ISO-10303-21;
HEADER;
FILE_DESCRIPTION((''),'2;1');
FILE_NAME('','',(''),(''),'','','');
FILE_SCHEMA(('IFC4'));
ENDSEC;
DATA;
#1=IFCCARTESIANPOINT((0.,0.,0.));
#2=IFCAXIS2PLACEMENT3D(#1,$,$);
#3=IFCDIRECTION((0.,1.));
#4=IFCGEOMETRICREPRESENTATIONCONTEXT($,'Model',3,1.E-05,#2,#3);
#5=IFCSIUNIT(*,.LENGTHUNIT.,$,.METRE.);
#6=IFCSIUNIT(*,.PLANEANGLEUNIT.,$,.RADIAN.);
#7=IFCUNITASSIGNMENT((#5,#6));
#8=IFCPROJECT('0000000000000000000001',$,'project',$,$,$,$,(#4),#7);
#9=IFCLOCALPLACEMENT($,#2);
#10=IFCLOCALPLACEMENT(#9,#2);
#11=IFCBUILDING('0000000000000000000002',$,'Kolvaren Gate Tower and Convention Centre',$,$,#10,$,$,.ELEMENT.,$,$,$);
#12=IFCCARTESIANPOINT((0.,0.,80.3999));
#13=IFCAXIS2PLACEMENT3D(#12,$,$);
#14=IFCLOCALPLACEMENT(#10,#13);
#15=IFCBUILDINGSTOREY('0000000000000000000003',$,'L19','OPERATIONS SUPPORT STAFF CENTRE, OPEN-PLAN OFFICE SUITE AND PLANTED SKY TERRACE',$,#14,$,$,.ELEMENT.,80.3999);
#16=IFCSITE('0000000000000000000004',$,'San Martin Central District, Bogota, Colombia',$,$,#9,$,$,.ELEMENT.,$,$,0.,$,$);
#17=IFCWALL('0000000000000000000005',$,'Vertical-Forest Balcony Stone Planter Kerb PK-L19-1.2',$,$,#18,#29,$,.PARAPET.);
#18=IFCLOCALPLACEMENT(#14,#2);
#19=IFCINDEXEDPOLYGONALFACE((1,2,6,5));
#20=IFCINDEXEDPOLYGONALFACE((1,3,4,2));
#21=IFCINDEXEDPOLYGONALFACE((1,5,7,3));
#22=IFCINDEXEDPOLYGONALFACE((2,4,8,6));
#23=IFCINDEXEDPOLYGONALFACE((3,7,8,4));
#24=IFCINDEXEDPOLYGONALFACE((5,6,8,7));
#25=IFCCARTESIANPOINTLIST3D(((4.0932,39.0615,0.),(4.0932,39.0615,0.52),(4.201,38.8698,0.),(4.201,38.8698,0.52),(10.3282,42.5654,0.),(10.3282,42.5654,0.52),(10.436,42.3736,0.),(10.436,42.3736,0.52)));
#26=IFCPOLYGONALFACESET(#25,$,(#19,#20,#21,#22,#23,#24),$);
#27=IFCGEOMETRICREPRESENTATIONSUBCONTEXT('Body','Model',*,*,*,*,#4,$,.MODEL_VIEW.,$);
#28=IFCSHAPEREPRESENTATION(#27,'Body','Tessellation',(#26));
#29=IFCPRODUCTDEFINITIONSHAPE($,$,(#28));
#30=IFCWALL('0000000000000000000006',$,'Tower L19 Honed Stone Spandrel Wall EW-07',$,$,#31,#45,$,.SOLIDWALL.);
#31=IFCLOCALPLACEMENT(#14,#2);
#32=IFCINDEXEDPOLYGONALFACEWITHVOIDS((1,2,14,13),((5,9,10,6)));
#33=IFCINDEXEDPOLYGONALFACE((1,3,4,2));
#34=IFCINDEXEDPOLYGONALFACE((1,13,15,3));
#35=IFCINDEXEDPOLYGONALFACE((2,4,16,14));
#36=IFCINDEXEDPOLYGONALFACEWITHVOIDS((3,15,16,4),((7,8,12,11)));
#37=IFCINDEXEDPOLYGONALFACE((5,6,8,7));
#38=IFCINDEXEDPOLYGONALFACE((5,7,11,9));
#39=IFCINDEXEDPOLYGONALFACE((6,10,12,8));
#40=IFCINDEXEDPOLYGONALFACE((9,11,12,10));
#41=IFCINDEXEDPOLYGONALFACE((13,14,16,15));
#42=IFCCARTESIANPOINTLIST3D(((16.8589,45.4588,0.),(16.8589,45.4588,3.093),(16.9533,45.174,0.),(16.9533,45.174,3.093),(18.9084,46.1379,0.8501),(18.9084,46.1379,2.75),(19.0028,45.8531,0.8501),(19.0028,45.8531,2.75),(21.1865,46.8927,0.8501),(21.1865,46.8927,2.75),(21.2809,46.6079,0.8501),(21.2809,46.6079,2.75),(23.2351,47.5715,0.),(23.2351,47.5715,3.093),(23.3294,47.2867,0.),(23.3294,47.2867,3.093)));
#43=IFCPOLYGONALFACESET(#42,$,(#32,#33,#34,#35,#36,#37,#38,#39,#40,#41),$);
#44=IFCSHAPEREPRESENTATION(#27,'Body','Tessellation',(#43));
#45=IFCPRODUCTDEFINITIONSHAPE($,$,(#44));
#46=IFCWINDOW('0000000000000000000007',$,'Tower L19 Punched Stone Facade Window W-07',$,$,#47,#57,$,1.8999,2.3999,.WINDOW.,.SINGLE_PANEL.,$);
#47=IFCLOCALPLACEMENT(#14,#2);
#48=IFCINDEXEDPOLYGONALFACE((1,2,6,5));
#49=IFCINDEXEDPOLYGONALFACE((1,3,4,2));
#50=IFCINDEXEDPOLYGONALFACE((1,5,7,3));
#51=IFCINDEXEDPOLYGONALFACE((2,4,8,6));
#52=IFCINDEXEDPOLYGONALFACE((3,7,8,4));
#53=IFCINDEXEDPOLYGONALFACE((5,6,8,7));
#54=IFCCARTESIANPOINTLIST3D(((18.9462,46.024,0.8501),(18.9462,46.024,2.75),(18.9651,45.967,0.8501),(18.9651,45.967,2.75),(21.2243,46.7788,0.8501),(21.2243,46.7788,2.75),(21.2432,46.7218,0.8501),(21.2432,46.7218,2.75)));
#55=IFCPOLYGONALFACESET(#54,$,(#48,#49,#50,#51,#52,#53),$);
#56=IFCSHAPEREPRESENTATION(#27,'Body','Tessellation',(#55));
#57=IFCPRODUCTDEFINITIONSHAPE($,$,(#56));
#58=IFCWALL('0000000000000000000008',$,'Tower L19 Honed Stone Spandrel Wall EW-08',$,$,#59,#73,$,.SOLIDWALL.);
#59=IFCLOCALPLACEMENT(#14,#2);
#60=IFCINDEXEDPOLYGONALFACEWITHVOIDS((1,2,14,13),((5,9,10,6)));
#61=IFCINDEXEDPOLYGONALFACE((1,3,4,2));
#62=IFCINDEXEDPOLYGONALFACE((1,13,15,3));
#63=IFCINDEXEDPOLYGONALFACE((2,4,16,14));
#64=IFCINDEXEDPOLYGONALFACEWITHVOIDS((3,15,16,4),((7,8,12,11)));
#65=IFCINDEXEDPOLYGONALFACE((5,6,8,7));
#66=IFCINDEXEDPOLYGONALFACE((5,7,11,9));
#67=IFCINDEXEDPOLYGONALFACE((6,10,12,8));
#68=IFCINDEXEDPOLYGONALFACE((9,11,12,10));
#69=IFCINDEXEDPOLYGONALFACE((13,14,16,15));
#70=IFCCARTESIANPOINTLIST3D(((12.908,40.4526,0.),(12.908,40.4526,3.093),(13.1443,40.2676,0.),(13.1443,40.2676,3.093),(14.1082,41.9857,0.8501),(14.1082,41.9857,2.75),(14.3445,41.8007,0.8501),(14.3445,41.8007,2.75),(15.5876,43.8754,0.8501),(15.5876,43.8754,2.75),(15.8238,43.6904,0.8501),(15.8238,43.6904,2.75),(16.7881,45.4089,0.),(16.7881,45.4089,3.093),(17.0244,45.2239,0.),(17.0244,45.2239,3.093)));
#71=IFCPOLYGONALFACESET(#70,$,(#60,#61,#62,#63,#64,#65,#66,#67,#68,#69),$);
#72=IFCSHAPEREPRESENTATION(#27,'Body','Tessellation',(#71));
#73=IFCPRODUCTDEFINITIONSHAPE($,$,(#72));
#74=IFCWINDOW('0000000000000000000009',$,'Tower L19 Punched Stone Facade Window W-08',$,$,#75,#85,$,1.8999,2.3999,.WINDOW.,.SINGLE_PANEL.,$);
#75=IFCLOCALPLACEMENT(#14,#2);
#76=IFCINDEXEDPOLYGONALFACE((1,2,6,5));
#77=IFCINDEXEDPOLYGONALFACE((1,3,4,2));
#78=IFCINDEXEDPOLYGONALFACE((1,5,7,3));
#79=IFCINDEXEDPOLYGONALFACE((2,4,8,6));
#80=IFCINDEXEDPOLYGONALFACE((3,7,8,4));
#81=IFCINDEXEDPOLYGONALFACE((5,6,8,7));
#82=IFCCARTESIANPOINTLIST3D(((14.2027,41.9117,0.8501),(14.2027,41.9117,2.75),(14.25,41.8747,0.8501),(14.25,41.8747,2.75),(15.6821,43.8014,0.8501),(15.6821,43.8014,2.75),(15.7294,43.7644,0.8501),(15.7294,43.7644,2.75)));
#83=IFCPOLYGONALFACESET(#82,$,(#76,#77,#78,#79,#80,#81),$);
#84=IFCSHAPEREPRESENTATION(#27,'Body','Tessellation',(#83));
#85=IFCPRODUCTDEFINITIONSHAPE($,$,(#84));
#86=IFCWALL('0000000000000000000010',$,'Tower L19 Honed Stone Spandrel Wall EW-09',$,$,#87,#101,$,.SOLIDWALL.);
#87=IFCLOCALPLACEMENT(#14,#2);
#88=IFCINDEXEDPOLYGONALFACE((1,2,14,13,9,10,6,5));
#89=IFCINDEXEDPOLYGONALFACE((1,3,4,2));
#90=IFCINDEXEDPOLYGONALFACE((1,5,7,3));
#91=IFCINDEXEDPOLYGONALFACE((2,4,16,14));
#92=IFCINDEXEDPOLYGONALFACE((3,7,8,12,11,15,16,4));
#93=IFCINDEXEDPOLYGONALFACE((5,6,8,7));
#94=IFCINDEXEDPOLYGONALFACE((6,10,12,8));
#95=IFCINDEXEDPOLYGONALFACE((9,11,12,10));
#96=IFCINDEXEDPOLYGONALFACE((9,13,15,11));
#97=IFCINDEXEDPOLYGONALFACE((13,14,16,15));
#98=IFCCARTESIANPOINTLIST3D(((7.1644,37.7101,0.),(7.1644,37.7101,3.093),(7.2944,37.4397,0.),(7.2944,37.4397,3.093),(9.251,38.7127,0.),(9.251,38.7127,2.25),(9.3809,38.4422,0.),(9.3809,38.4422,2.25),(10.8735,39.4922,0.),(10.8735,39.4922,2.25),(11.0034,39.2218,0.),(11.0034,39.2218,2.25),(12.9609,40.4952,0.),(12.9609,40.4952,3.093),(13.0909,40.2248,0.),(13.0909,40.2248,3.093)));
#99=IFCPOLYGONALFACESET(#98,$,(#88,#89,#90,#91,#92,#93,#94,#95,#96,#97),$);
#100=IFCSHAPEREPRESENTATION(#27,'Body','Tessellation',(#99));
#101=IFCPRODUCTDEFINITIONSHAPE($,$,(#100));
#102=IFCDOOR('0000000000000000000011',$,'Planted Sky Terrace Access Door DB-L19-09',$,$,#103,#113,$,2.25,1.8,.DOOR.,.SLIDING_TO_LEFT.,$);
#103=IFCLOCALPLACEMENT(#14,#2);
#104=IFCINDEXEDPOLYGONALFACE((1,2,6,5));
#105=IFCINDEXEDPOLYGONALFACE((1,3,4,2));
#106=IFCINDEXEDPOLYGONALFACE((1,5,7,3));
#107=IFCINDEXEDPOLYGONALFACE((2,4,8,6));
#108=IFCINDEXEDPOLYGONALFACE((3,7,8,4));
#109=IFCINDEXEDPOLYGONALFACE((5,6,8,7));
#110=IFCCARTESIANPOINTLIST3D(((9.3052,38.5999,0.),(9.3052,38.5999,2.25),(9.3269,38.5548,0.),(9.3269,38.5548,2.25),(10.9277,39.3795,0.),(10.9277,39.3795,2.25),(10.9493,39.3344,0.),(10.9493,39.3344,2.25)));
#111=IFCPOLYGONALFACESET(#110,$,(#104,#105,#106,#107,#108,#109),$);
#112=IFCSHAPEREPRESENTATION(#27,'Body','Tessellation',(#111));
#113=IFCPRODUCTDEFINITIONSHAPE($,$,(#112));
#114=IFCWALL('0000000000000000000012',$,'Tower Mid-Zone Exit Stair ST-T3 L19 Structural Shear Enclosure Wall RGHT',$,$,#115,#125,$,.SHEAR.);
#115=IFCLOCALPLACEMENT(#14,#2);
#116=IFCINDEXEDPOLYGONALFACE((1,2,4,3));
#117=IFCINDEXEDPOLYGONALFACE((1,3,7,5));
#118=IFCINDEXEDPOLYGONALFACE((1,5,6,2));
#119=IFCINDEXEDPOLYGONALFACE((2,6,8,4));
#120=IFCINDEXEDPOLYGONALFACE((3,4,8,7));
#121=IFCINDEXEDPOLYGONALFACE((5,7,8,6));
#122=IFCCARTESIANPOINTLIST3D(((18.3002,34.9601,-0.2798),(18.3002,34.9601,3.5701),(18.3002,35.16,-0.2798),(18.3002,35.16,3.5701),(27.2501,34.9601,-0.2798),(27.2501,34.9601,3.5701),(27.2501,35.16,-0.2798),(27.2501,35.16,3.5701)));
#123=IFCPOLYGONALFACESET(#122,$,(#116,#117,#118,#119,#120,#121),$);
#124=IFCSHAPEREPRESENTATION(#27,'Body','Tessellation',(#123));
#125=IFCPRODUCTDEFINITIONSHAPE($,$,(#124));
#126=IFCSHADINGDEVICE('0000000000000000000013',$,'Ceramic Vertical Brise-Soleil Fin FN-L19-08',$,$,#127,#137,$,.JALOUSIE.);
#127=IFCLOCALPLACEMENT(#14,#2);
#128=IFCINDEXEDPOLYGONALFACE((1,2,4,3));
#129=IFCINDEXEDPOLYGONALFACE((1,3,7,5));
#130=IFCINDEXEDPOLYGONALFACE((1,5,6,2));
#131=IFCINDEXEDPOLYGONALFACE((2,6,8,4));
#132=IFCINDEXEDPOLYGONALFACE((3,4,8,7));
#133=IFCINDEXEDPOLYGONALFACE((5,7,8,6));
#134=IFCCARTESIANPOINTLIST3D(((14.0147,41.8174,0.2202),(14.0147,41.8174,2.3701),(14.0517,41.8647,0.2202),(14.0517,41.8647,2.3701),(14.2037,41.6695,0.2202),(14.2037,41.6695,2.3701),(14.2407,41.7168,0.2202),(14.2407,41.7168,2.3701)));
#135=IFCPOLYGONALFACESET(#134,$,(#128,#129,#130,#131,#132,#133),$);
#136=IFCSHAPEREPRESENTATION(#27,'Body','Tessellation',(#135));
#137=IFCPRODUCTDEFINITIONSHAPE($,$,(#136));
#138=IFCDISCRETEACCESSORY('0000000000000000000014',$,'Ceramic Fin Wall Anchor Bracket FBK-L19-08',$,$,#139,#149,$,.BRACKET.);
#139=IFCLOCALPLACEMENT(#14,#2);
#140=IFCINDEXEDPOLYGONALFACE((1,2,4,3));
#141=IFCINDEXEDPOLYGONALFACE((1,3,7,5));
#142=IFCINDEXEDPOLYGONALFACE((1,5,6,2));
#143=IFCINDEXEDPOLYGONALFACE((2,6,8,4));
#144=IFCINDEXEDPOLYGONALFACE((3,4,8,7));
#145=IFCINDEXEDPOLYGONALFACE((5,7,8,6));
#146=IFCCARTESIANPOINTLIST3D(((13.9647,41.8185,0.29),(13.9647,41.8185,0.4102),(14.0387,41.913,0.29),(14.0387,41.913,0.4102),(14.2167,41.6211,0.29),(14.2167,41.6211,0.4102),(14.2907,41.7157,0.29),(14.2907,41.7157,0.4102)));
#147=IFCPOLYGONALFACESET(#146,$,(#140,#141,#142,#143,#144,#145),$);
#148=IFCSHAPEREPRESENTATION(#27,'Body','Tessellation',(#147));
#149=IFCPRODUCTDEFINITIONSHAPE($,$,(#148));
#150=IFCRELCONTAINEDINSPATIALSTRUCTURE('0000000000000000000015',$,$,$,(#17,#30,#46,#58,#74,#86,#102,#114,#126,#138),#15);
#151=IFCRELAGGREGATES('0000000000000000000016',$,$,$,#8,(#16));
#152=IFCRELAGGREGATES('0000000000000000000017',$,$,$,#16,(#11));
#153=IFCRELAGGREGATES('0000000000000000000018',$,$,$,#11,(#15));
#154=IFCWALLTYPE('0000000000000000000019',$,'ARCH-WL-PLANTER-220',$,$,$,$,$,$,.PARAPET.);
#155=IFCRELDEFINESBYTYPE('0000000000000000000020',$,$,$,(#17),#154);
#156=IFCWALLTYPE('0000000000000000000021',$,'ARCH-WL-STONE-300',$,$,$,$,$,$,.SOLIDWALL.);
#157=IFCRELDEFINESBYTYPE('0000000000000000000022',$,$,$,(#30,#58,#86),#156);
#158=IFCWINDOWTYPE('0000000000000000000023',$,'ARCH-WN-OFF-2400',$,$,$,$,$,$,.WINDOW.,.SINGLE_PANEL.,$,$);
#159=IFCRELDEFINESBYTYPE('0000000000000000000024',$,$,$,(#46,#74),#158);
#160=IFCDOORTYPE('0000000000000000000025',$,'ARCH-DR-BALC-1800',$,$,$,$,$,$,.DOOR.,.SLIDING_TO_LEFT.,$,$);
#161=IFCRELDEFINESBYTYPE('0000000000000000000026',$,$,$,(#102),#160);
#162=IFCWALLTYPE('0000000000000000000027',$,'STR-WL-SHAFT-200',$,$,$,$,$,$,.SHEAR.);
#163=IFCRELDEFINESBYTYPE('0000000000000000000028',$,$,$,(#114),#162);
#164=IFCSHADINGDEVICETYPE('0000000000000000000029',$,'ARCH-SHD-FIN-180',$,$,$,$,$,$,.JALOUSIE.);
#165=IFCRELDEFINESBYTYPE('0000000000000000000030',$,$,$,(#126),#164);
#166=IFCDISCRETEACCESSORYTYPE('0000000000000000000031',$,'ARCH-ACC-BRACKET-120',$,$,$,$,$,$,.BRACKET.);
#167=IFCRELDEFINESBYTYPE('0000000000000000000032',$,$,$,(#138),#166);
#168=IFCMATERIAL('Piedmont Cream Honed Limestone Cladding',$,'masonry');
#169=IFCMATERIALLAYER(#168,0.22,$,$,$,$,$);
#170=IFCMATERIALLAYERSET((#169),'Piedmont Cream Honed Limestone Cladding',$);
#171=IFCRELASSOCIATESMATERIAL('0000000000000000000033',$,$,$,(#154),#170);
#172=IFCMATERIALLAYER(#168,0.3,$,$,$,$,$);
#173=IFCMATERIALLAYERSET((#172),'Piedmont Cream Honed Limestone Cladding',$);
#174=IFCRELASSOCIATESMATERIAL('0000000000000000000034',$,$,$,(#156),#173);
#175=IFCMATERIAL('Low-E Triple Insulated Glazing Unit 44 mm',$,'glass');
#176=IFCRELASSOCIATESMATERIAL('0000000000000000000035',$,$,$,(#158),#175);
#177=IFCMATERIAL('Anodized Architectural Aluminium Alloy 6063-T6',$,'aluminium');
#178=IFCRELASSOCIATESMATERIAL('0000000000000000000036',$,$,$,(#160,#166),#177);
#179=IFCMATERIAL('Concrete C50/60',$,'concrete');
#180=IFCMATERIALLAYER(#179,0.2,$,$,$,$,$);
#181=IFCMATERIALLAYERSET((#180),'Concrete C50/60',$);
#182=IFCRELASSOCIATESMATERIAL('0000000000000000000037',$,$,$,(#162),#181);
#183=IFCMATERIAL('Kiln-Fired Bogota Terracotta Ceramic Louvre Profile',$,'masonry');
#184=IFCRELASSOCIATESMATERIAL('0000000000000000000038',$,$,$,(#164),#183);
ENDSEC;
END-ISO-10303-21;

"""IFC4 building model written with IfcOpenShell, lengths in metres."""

from ifc_helpers import new_model, si_unit, direction, frame, frame_2d, origin, origin_2d, place, context, subcontext, project, spatial, rectangle, extrude, material, layer, layer_set, type_object, element, fill, save


model = new_model("IFC4")

# Units and contexts
model_context = context("Model", 3, precision=1e-05, world=origin(), true_north=direction((0.0, 1.0)))
body_context = subcontext(model_context, "Body", "Model", "MODEL_VIEW")
ifc_project = project(units=[si_unit("LENGTHUNIT", "METRE"), si_unit("PLANEANGLEUNIT", "RADIAN")], contexts=[model_context])

# Site, building, storey
site_placement = place(None, origin())
site = spatial("IfcSite", under=ifc_project, at=site_placement, Name="San Martin Central District, Bogota, Colombia", CompositionType="ELEMENT", RefElevation=0.0)
building_placement = place(site_placement, origin())
building = spatial("IfcBuilding", under=site, at=building_placement, Name="Kolvaren Gate Tower and Convention Centre", CompositionType="ELEMENT")
storey_placement = place(building_placement, frame((0.0, 0.0, 80.3999)))
storey = spatial("IfcBuildingStorey", under=building, at=storey_placement, Name="L19", Description="OPERATIONS SUPPORT STAFF CENTRE, OPEN-PLAN OFFICE SUITE AND PLANTED SKY TERRACE", CompositionType="ELEMENT", Elevation=80.3999)

# Wall
ifc_material_1 = material(Name="Piedmont Cream Honed Limestone Cladding", Category="masonry")
ifc_layer_1 = layer(ifc_material_1, 0.22)
ifc_layer_set_1 = layer_set([ifc_layer_1], Name="Piedmont Cream Honed Limestone Cladding")
wall_type_1 = type_object("IfcWallType", Name="ARCH-WL-PLANTER-220", PredefinedType="PARAPET", material=ifc_layer_set_1)
wall_1_placement = place(storey_placement, frame((4.147, 38.9656, 0.0), z_axis=(0.0, 0.0, 1.0), x_axis=(0.871775, 0.489906, 0.0)))
element("IfcWall", 1, at=wall_1_placement, inside=storey, type_object=wall_type_1, Name="Vertical-Forest Balcony Stone Planter Kerb PK-L19-1.2", PredefinedType="PARAPET", context=body_context, shape_type="SweptSolid", body=[
    extrude(rectangle(XDim=7.1521, YDim=0.22, at=frame_2d((3.5762, 0.0))), origin(), (0.0, 0.0, 1.0), 0.52),
])

# Walls, openings, windows
ifc_layer_2 = layer(ifc_material_1, 0.3)
ifc_layer_set_2 = layer_set([ifc_layer_2], Name="Piedmont Cream Honed Limestone Cladding")
wall_type_2 = type_object("IfcWallType", Name="ARCH-WL-STONE-300", PredefinedType="SOLIDWALL", material=ifc_layer_set_2)
wall_2_placement = place(storey_placement, frame((16.9062, 45.3164, 0.0), z_axis=(0.0, 0.0, 1.0), x_axis=(0.949245, 0.314537, 0.0)))
wall_2 = element("IfcWall", 2, at=wall_2_placement, inside=storey, type_object=wall_type_2, Name="Tower L19 Honed Stone Spandrel Wall EW-07", PredefinedType="SOLIDWALL", context=body_context, shape_type="SweptSolid", body=[
    extrude(rectangle(XDim=6.717, YDim=0.3, at=frame_2d((3.3584, 0.0))), origin(), (0.0, 0.0, 1.0), 3.093),
])
opening_1_placement = place(wall_2_placement, frame((2.1589, 0.0, 0.8501)))
opening_1 = element("IfcOpeningElement", 3, at=opening_1_placement, cuts=wall_2, PredefinedType="OPENING", context=body_context, shape_type="SweptSolid", body=[
    extrude(rectangle(XDim=2.3999, YDim=1.8999, at=frame_2d((1.2, 0.95))), frame((0.0, 0.1599, 0.0), z_axis=(0.0, -1.0, 0.0), x_axis=(1.0, 0.0, 0.0)), (0.0, 0.0, 1.0), 0.3201),
])
ifc_material_2 = material(Name="Low-E Triple Insulated Glazing Unit 44 mm", Category="glass")
window_type = type_object("IfcWindowType", Name="ARCH-WN-OFF-2400", PartitioningType="SINGLE_PANEL", PredefinedType="WINDOW", material=ifc_material_2)
window_1_placement = place(opening_1_placement, origin())
window_1 = element("IfcWindow", 4, at=window_1_placement, inside=storey, type_object=window_type, Name="Tower L19 Punched Stone Facade Window W-07", OverallHeight=1.8999, OverallWidth=2.3999, PartitioningType="SINGLE_PANEL", PredefinedType="WINDOW", context=body_context, shape_type="SweptSolid", body=[
    extrude(rectangle(XDim=2.3999, YDim=1.8999, at=frame_2d((1.2, 0.95))), frame((0.0, 0.03, 0.0), z_axis=(0.0, -1.0, 0.0), x_axis=(1.0, 0.0, 0.0)), (0.0, 0.0, 1.0), 0.0601),
])
fill(opening_1, window_1)
wall_3_placement = place(storey_placement, frame((13.0261, 40.3601, 0.0), z_axis=(0.0, 0.0, 1.0), x_axis=(0.616435, 0.787406, 0.0)))
wall_3 = element("IfcWall", 5, at=wall_3_placement, inside=storey, type_object=wall_type_2, Name="Tower L19 Honed Stone Spandrel Wall EW-08", PredefinedType="SOLIDWALL", context=body_context, shape_type="SweptSolid", body=[
    extrude(rectangle(XDim=6.2944, YDim=0.3, at=frame_2d((3.1472, 0.0))), origin(), (0.0, 0.0, 1.0), 3.093),
])
opening_2_placement = place(wall_3_placement, frame((1.947, 0.0, 0.8501)))
opening_2 = element("IfcOpeningElement", 6, at=opening_2_placement, cuts=wall_3, PredefinedType="OPENING", context=body_context, shape_type="SweptSolid", body=[
    extrude(rectangle(XDim=2.3999, YDim=1.8999, at=frame_2d((1.2, 0.95))), frame((0.0, 0.1599, 0.0), z_axis=(0.0, -1.0, 0.0), x_axis=(1.0, 0.0, 0.0)), (0.0, 0.0, 1.0), 0.3201),
])
window_2_placement = place(opening_2_placement, origin())
window_2 = element("IfcWindow", 7, at=window_2_placement, inside=storey, type_object=window_type, Name="Tower L19 Punched Stone Facade Window W-08", OverallHeight=1.8999, OverallWidth=2.3999, PartitioningType="SINGLE_PANEL", PredefinedType="WINDOW", context=body_context, shape_type="SweptSolid", body=[
    extrude(rectangle(XDim=2.3999, YDim=1.8999, at=frame_2d((1.2, 0.95))), frame((0.0, 0.03, 0.0), z_axis=(0.0, -1.0, 0.0), x_axis=(1.0, 0.0, 0.0)), (0.0, 0.0, 1.0), 0.0601),
])
fill(opening_2, window_2)

# Wall, opening, door
wall_4_placement = place(storey_placement, frame((7.2295, 37.575, 0.0), z_axis=(0.0, 0.0, 1.0), x_axis=(0.901355, 0.433082, 0.0)))
wall_4 = element("IfcWall", 8, at=wall_4_placement, inside=storey, type_object=wall_type_2, Name="Tower L19 Honed Stone Spandrel Wall EW-09", PredefinedType="SOLIDWALL", context=body_context, shape_type="SweptSolid", body=[
    extrude(rectangle(XDim=6.4309, YDim=0.3, at=frame_2d((3.2153, 0.0))), origin(), (0.0, 0.0, 1.0), 3.093),
])
opening_3_placement = place(wall_4_placement, frame((2.3149, 0.0, 0.0)))
opening_3 = element("IfcOpeningElement", 9, at=opening_3_placement, cuts=wall_4, PredefinedType="OPENING", context=body_context, shape_type="SweptSolid", body=[
    extrude(rectangle(XDim=1.8, YDim=2.25, at=frame_2d((0.8999, 1.125))), frame((0.0, 0.1599, 0.0), z_axis=(0.0, -1.0, 0.0), x_axis=(1.0, 0.0, 0.0)), (0.0, 0.0, 1.0), 0.3201),
])
ifc_material_3 = material(Name="Anodized Architectural Aluminium Alloy 6063-T6", Category="aluminium")
door_type = type_object("IfcDoorType", Name="ARCH-DR-BALC-1800", OperationType="SLIDING_TO_LEFT", PredefinedType="DOOR", material=ifc_material_3)
door_placement = place(opening_3_placement, origin())
door = element("IfcDoor", 10, at=door_placement, inside=storey, type_object=door_type, Name="Planted Sky Terrace Access Door DB-L19-09", OperationType="SLIDING_TO_LEFT", OverallHeight=2.25, OverallWidth=1.8, PredefinedType="DOOR", context=body_context, shape_type="SweptSolid", body=[
    extrude(rectangle(XDim=1.8, YDim=2.25, at=frame_2d((0.8999, 1.125))), frame((0.0, 0.0249, 0.0), z_axis=(0.0, -1.0, 0.0), x_axis=(1.0, 0.0, 0.0)), (0.0, 0.0, 1.0), 0.05),
])
fill(opening_3, door)

# Wall
ifc_material_4 = material(Name="Concrete C50/60", Category="concrete")
ifc_layer_3 = layer(ifc_material_4, 0.2)
ifc_layer_set_3 = layer_set([ifc_layer_3], Name="Concrete C50/60")
wall_type_3 = type_object("IfcWallType", Name="STR-WL-SHAFT-200", PredefinedType="SHEAR", material=ifc_layer_set_3)
wall_5_placement = place(storey_placement, frame((18.3, 35.0601, -0.2798), z_axis=(0.0, 0.0, 1.0), x_axis=(1.0, 0.0, 0.0)))
element("IfcWall", 11, at=wall_5_placement, inside=storey, type_object=wall_type_3, Name="Tower Mid-Zone Exit Stair ST-T3 L19 Structural Shear Enclosure Wall RGHT", PredefinedType="SHEAR", context=body_context, shape_type="SweptSolid", body=[
    extrude(rectangle(XDim=8.95, YDim=0.2, at=frame_2d((4.4751, 0.0))), origin(), (0.0, 0.0, 1.0), 3.8499),
])

# Shading device
ifc_material_5 = material(Name="Kiln-Fired Bogota Terracotta Ceramic Louvre Profile", Category="masonry")
shading_device_type = type_object("IfcShadingDeviceType", Name="ARCH-SHD-FIN-180", PredefinedType="JALOUSIE", material=ifc_material_5)
shading_device_placement = place(storey_placement, frame((14.1277, 41.7671, 0.2202), z_axis=(0.0, 0.0, 1.0), x_axis=(0.616442, 0.7874, 0.0)))
element("IfcShadingDevice", 12, at=shading_device_placement, inside=storey, type_object=shading_device_type, Name="Ceramic Vertical Brise-Soleil Fin FN-L19-08", PredefinedType="JALOUSIE", context=body_context, shape_type="SweptSolid", body=[
    extrude(rectangle(XDim=0.0601, YDim=0.24, at=origin_2d()), origin(), (0.0, 0.0, 1.0), 2.1499),
])

# Discrete accessory
discrete_accessory_type = type_object("IfcDiscreteAccessoryType", Name="ARCH-ACC-BRACKET-120", PredefinedType="BRACKET", material=ifc_material_3)
discrete_accessory_placement = place(storey_placement, frame((14.1277, 41.7671, 0.29), z_axis=(0.0, 0.0, 1.0), x_axis=(0.616442, 0.7874, 0.0)))
element("IfcDiscreteAccessory", 13, at=discrete_accessory_placement, inside=storey, type_object=discrete_accessory_type, Name="Ceramic Fin Wall Anchor Bracket FBK-L19-08", PredefinedType="BRACKET", context=body_context, shape_type="SweptSolid", body=[
    extrude(rectangle(XDim=0.1201, YDim=0.3201, at=origin_2d()), origin(), (0.0, 0.0, 1.0), 0.1201),
])

save(model, "model.ifc")
